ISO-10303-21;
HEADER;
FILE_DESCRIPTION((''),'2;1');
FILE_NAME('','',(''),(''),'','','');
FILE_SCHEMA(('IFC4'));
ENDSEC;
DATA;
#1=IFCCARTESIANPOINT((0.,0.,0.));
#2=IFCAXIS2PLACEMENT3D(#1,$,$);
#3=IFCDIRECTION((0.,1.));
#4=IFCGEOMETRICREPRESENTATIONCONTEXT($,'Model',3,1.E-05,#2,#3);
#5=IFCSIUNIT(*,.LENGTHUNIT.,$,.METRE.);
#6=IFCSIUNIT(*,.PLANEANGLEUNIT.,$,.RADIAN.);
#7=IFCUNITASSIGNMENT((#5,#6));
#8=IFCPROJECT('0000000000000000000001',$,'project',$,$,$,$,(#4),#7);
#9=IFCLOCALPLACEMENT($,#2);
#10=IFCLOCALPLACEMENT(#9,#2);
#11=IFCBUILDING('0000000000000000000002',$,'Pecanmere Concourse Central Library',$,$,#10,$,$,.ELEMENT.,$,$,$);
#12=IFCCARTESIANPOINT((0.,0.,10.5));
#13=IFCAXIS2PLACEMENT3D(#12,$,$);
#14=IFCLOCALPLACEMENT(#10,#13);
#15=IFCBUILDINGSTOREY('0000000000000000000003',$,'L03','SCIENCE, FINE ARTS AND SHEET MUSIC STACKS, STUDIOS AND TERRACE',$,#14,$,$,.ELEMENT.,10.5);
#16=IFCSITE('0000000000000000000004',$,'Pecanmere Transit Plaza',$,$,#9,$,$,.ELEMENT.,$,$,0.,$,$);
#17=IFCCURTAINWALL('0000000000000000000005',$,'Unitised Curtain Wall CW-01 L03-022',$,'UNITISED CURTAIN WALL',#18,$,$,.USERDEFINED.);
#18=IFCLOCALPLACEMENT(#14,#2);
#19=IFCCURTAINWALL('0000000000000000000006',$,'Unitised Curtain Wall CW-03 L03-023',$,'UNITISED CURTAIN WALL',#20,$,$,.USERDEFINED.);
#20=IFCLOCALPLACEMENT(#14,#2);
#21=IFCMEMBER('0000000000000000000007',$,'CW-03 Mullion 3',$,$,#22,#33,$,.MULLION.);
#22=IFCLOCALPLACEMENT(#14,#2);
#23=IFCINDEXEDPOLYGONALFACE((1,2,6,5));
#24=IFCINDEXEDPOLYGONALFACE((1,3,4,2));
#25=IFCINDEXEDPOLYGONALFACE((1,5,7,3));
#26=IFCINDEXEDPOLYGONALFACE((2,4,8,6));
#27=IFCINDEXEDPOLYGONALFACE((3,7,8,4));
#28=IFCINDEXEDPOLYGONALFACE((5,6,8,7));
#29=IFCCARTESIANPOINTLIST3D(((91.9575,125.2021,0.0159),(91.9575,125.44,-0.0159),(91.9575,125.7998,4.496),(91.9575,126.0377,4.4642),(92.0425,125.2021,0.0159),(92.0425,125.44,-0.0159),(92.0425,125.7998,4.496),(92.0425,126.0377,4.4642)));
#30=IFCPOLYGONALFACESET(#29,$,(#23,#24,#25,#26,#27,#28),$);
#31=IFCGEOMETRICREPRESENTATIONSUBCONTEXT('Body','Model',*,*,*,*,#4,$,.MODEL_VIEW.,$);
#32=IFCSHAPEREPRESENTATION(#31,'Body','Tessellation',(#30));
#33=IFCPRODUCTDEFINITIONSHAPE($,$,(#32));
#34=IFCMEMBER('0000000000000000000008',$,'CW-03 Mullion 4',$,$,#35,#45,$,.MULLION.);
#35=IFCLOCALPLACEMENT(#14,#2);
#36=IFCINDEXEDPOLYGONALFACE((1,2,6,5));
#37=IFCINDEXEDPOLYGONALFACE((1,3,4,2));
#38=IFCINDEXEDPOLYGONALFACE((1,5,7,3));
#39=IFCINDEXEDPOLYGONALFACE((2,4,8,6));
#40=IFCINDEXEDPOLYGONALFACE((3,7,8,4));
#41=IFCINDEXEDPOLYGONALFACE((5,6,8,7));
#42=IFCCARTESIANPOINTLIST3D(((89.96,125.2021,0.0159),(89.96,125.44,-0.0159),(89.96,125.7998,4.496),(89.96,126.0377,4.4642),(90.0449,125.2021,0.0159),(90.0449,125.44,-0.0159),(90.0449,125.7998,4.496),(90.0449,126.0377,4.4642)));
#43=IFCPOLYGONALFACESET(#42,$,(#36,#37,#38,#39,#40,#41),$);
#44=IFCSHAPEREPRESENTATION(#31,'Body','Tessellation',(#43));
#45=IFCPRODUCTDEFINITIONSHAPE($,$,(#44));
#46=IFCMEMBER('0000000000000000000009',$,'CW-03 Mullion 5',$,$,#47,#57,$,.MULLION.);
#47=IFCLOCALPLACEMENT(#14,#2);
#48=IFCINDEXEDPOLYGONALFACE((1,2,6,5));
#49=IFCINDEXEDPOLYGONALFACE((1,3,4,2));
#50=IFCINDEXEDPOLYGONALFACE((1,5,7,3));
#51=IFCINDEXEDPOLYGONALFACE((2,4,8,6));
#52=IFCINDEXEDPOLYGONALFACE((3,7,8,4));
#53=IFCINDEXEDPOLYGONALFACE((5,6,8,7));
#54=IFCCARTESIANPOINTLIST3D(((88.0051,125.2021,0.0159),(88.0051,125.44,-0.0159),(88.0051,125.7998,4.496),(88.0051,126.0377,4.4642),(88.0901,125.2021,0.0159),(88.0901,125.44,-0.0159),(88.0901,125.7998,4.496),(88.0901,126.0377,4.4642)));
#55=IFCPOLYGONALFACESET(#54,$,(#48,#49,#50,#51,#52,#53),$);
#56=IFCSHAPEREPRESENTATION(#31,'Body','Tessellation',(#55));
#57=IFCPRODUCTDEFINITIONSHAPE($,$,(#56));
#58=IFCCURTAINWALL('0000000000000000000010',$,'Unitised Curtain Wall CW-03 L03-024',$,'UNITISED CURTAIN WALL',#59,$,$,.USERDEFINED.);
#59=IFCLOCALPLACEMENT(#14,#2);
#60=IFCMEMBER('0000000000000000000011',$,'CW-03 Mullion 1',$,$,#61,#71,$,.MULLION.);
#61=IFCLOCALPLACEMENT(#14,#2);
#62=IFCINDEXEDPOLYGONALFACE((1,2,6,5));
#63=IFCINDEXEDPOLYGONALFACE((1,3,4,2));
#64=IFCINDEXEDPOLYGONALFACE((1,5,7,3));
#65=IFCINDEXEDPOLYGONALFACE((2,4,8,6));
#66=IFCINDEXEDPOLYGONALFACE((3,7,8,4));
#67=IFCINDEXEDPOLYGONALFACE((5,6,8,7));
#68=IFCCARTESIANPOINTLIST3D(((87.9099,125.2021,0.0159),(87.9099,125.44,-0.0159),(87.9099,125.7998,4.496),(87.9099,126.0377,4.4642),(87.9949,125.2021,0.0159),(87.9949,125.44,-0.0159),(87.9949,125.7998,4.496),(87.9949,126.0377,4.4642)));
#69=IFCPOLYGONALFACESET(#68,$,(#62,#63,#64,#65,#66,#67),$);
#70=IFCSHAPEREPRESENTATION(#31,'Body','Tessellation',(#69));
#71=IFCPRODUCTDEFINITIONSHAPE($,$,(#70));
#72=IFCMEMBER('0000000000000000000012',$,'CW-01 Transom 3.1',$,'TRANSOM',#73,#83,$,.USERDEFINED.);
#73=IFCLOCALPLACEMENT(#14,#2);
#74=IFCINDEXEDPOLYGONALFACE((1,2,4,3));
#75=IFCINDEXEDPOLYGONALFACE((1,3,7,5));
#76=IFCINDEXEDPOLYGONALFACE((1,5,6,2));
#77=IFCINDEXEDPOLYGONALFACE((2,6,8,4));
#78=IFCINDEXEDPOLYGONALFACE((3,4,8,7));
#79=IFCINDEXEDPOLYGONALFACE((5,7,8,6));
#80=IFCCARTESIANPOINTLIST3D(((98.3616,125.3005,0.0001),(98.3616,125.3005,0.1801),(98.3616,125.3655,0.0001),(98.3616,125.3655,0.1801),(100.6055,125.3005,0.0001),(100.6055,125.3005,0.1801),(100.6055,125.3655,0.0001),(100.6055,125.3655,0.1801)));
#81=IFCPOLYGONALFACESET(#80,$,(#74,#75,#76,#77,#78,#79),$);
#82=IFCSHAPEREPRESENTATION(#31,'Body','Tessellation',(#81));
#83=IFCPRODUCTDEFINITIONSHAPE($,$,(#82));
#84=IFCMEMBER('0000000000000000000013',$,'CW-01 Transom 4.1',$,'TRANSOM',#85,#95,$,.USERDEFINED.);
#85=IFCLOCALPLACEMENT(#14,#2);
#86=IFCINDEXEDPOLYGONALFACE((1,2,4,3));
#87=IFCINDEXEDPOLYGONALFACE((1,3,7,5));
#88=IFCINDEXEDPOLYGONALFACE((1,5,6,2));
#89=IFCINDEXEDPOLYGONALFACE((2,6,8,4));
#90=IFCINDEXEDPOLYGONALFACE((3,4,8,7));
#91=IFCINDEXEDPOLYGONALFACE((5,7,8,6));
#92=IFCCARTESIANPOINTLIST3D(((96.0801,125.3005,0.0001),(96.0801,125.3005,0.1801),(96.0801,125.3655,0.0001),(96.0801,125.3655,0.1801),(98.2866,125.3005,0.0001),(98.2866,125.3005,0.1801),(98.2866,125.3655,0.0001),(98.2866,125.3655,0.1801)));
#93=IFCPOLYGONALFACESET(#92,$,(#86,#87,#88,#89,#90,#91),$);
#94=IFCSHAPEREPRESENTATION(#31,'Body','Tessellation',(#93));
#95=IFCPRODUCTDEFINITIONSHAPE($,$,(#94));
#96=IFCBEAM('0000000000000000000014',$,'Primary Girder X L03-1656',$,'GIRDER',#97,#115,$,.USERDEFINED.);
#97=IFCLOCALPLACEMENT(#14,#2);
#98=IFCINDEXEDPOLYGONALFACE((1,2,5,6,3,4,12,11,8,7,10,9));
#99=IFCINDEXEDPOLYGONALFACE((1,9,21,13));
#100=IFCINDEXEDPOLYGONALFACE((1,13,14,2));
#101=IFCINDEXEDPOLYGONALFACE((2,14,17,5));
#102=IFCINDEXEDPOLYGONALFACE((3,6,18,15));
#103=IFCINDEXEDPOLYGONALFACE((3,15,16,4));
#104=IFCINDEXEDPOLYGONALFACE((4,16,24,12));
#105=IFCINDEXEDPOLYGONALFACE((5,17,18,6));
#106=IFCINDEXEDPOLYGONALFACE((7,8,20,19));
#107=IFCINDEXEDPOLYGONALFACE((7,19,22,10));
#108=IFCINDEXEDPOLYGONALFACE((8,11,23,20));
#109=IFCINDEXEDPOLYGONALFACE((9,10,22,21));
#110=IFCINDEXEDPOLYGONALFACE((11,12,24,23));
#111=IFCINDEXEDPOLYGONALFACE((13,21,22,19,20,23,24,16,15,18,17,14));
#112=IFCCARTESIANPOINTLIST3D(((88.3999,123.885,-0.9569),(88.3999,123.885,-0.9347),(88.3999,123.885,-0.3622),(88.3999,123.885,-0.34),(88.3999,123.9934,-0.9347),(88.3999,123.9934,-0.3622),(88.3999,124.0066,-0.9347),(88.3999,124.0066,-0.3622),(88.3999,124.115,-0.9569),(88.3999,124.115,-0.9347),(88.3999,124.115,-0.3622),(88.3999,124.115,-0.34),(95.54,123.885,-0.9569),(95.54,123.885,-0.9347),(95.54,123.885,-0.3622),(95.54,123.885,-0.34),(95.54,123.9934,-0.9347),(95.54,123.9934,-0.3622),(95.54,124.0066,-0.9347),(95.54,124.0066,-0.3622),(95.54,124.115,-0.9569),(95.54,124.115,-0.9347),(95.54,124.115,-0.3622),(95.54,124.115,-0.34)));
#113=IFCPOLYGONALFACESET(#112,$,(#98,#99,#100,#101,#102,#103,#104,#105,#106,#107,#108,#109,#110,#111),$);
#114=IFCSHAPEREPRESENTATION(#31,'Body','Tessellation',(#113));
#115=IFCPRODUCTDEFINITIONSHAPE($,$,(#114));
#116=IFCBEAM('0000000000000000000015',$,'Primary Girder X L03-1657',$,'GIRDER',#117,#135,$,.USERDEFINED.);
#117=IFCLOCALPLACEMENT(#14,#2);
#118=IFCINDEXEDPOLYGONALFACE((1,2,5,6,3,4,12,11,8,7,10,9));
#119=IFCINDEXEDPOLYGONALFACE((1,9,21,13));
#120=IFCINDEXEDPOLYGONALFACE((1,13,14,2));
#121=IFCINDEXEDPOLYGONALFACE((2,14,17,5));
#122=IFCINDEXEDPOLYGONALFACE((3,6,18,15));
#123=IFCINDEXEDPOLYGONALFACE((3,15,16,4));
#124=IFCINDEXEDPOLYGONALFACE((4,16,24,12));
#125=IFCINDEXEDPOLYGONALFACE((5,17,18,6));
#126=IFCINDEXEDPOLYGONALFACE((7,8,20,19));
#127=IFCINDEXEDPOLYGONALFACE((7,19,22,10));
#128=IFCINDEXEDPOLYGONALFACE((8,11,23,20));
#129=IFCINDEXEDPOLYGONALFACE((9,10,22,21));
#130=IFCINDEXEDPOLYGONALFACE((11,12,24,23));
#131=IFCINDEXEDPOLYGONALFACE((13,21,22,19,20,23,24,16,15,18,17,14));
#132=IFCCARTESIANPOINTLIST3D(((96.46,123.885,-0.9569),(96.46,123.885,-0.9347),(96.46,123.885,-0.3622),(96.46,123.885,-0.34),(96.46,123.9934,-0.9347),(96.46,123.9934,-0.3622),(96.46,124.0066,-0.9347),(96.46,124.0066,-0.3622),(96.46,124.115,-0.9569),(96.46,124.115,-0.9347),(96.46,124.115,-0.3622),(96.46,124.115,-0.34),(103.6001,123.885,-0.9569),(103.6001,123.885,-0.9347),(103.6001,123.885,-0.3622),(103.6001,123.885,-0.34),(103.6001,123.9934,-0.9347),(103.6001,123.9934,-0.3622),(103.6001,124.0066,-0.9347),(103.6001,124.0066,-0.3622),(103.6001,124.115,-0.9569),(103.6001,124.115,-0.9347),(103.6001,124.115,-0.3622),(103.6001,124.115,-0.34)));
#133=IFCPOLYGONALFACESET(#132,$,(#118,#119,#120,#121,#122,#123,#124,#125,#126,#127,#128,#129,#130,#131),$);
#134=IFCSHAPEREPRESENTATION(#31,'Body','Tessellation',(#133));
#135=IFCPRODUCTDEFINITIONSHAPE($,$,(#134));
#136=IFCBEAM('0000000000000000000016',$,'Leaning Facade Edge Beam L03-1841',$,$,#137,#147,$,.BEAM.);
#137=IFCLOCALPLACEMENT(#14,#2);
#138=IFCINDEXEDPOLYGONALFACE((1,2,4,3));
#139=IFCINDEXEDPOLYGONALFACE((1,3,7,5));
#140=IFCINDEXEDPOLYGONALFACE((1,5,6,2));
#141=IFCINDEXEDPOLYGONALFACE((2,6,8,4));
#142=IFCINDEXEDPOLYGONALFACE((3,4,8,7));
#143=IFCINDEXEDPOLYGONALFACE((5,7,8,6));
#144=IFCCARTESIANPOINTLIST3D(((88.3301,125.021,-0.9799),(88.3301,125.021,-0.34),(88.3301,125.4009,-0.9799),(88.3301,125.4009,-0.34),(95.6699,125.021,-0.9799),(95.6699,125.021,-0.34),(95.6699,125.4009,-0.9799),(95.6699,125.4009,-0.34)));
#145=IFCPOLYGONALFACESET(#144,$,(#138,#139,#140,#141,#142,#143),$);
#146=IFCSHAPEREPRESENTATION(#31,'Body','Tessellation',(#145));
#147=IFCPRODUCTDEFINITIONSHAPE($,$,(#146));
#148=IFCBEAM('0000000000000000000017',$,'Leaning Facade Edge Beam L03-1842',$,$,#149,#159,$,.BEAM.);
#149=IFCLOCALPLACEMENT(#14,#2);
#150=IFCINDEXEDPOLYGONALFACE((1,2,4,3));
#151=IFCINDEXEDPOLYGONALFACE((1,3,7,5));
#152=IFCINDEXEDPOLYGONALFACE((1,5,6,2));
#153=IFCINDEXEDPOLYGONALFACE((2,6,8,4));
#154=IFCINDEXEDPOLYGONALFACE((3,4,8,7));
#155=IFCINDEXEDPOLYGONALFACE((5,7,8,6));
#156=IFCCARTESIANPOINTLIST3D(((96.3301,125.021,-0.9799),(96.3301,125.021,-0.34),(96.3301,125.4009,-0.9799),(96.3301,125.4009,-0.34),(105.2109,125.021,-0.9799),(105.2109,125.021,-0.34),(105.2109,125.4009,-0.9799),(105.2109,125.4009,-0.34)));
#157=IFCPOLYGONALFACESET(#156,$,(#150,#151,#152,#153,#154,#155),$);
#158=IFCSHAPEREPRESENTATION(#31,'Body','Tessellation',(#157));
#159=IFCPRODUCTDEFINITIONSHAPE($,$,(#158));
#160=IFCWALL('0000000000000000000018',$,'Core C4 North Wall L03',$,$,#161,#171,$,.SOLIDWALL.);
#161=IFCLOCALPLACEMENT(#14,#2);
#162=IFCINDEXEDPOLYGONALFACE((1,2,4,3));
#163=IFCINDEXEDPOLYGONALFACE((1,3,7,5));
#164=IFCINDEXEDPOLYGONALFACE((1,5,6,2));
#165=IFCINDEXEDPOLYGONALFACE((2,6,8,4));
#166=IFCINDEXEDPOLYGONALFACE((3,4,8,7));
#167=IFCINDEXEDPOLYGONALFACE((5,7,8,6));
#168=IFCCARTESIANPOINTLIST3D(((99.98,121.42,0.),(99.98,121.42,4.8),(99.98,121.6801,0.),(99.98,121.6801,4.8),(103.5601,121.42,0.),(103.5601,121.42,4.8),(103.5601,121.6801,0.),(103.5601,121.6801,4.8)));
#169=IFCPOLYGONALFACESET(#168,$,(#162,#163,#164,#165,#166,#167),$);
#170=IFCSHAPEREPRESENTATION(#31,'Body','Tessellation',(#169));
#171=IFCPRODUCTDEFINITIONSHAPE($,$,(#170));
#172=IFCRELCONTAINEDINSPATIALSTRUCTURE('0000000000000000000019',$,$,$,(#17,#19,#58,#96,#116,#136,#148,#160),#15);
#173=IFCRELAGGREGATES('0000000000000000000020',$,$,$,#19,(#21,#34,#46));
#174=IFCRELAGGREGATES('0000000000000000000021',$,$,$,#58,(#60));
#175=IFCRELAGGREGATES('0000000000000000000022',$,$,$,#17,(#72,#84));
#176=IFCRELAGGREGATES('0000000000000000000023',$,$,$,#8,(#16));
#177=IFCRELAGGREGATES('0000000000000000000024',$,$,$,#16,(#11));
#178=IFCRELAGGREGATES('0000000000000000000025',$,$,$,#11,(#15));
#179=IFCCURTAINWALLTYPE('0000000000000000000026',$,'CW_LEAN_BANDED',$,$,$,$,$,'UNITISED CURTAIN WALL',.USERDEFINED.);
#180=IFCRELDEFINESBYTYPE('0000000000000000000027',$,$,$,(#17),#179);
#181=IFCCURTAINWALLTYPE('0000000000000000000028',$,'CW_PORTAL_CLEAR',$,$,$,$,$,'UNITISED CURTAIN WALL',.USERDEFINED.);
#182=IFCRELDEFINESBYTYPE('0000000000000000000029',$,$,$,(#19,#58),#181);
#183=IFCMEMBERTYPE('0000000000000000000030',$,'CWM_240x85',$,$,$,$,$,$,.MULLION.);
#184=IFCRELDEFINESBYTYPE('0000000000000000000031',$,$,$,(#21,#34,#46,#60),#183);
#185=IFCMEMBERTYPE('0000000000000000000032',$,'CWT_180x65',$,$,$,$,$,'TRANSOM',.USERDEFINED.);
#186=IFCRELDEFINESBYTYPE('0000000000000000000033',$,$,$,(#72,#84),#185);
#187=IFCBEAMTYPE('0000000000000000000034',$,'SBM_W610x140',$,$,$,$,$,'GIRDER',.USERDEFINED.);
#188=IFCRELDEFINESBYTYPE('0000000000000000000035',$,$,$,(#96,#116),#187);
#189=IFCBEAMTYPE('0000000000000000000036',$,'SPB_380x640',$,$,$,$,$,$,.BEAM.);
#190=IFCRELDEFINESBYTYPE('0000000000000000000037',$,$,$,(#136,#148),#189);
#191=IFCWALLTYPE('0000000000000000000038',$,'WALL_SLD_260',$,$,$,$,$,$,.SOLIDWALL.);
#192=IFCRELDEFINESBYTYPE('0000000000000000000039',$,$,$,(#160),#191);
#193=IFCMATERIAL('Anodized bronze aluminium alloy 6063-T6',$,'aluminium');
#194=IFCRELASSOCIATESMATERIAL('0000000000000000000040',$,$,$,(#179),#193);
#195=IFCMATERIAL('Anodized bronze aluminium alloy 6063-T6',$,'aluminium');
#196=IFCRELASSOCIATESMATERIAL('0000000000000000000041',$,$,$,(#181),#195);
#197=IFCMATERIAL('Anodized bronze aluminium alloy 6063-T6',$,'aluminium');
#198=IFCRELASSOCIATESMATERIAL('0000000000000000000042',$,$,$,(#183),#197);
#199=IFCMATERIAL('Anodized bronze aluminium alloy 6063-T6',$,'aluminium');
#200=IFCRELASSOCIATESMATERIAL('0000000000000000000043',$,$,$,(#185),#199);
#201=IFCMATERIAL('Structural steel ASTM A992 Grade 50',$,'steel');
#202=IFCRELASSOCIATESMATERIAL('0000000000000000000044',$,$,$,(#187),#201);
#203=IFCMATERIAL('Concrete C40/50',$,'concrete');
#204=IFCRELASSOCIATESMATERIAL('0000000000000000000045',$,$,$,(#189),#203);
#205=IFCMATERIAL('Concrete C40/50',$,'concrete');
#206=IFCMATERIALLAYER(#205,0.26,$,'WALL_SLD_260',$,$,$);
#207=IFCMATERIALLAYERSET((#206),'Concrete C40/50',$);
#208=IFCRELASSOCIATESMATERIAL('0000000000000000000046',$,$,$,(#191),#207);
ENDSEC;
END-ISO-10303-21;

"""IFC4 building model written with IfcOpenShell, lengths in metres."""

from ifc_helpers import new_model, si_unit, direction, frame, frame_2d, origin, origin_2d, place, context, subcontext, project, spatial, rectangle, i_section, extrude, material, layer, layer_set, material_profile, profile_set, type_object, element, aggregate, save


model = new_model("IFC4")

# Units and contexts
model_context = context("Model", 3, precision=1e-05, world=origin(), true_north=direction((0.0, 1.0)))
body_context = subcontext(model_context, "Body", "Model", "MODEL_VIEW")
ifc_project = project(units=[si_unit("LENGTHUNIT", "METRE"), si_unit("PLANEANGLEUNIT", "RADIAN")], contexts=[model_context])

# Site, building, storey
site_placement = place(None, origin())
site = spatial("IfcSite", under=ifc_project, at=site_placement, Name="Pecanmere Transit Plaza", CompositionType="ELEMENT", RefElevation=0.0)
building_placement = place(site_placement, origin())
building = spatial("IfcBuilding", under=site, at=building_placement, Name="Pecanmere Concourse Central Library", CompositionType="ELEMENT")
storey_placement = place(building_placement, frame((0.0, 0.0, 10.5)))
storey = spatial("IfcBuildingStorey", under=building, at=storey_placement, Name="L03", Description="SCIENCE, FINE ARTS AND SHEET MUSIC STACKS, STUDIOS AND TERRACE", CompositionType="ELEMENT", Elevation=10.5)

# Curtain walls, members
ifc_material_1 = material(Name="Anodized bronze aluminium alloy 6063-T6", Category="aluminium")
curtain_wall_type_1 = type_object("IfcCurtainWallType", Name="CW_LEAN_BANDED", ElementType="UNITISED CURTAIN WALL", PredefinedType="USERDEFINED", material=ifc_material_1)
curtain_wall_1_placement = place(storey_placement, origin())
curtain_wall_1 = element("IfcCurtainWall", 1, at=curtain_wall_1_placement, inside=storey, type_object=curtain_wall_type_1, Name="Unitised Curtain Wall CW-01 L03-022", ObjectType="UNITISED CURTAIN WALL", PredefinedType="USERDEFINED")
ifc_material_2 = material(Name="Anodized bronze aluminium alloy 6063-T6", Category="aluminium")
curtain_wall_type_2 = type_object("IfcCurtainWallType", Name="CW_PORTAL_CLEAR", ElementType="UNITISED CURTAIN WALL", PredefinedType="USERDEFINED", material=ifc_material_2)
curtain_wall_2_placement = place(storey_placement, origin())
curtain_wall_2 = element("IfcCurtainWall", 2, at=curtain_wall_2_placement, inside=storey, type_object=curtain_wall_type_2, Name="Unitised Curtain Wall CW-03 L03-023", ObjectType="UNITISED CURTAIN WALL", PredefinedType="USERDEFINED")
ifc_material_3 = material(Name="Anodized bronze aluminium alloy 6063-T6", Category="aluminium")
ifc_material_profile_1 = material_profile(ifc_material_3, rectangle(XDim=0.085, YDim=0.24, at=origin_2d()), Name="AL 85x240")
ifc_profile_set_1 = profile_set([ifc_material_profile_1], Name="Anodized bronze aluminium alloy 6063-T6")
member_type_1 = type_object("IfcMemberType", Name="CWM_240x85", PredefinedType="MULLION", material=ifc_profile_set_1)
member_1_placement = place(storey_placement, frame((92.0, 125.321, 0.0), z_axis=(0.0, 0.132234, 0.991218), x_axis=(-1.0, 0.0, 0.0)))
member_1 = element("IfcMember", 3, at=member_1_placement, type_object=member_type_1, Name="CW-03 Mullion 3", PredefinedType="MULLION", context=body_context, shape_type="SweptSolid", body=[
    extrude(rectangle(XDim=0.085, YDim=0.24, at=origin_2d()), origin(), (0.0, 0.0, 1.0), 4.5198),
])
member_2_placement = place(storey_placement, frame((90.0024, 125.321, 0.0), z_axis=(0.0, 0.132234, 0.991218), x_axis=(-1.0, 0.0, 0.0)))
member_2 = element("IfcMember", 4, at=member_2_placement, type_object=member_type_1, Name="CW-03 Mullion 4", PredefinedType="MULLION", context=body_context, shape_type="SweptSolid", body=[
    extrude(rectangle(XDim=0.085, YDim=0.24, at=origin_2d()), origin(), (0.0, 0.0, 1.0), 4.5198),
])
member_3_placement = place(storey_placement, frame((88.0476, 125.321, 0.0), z_axis=(0.0, 0.132234, 0.991218), x_axis=(-1.0, 0.0, 0.0)))
member_3 = element("IfcMember", 5, at=member_3_placement, type_object=member_type_1, Name="CW-03 Mullion 5", PredefinedType="MULLION", context=body_context, shape_type="SweptSolid", body=[
    extrude(rectangle(XDim=0.085, YDim=0.24, at=origin_2d()), origin(), (0.0, 0.0, 1.0), 4.5198),
])
aggregate(curtain_wall_2, [member_1, member_2, member_3])

# Curtain wall, member
curtain_wall_3_placement = place(storey_placement, origin())
curtain_wall_3 = element("IfcCurtainWall", 6, at=curtain_wall_3_placement, inside=storey, type_object=curtain_wall_type_2, Name="Unitised Curtain Wall CW-03 L03-024", ObjectType="UNITISED CURTAIN WALL", PredefinedType="USERDEFINED")
member_4_placement = place(storey_placement, frame((87.9524, 125.321, 0.0), z_axis=(0.0, 0.132234, 0.991218), x_axis=(-1.0, 0.0, 0.0)))
member_4 = element("IfcMember", 7, at=member_4_placement, type_object=member_type_1, Name="CW-03 Mullion 1", PredefinedType="MULLION", context=body_context, shape_type="SweptSolid", body=[
    extrude(rectangle(XDim=0.085, YDim=0.24, at=origin_2d()), origin(), (0.0, 0.0, 1.0), 4.5198),
])
aggregate(curtain_wall_3, [member_4])

# Members
ifc_material_4 = material(Name="Anodized bronze aluminium alloy 6063-T6", Category="aluminium")
ifc_material_profile_2 = material_profile(ifc_material_4, rectangle(XDim=0.0649, YDim=0.1799, at=origin_2d()), Name="AL 65x180")
ifc_profile_set_2 = profile_set([ifc_material_profile_2], Name="Anodized bronze aluminium alloy 6063-T6")
member_type_2 = type_object("IfcMemberType", Name="CWT_180x65", ElementType="TRANSOM", PredefinedType="USERDEFINED", material=ifc_profile_set_2)
member_5_placement = place(storey_placement, frame((100.6055, 125.333, 0.0901), z_axis=(-1.0, 0.0, 0.0), x_axis=(0.0, -1.0, 0.0)))
member_5 = element("IfcMember", 8, at=member_5_placement, type_object=member_type_2, Name="CW-01 Transom 3.1", ObjectType="TRANSOM", PredefinedType="USERDEFINED", context=body_context, shape_type="SweptSolid", body=[
    extrude(rectangle(XDim=0.0649, YDim=0.1799, at=origin_2d()), origin(), (0.0, 0.0, 1.0), 2.2439),
])
member_6_placement = place(storey_placement, frame((98.2866, 125.333, 0.0901), z_axis=(-1.0, 0.0, 0.0), x_axis=(0.0, -1.0, 0.0)))
member_6 = element("IfcMember", 9, at=member_6_placement, type_object=member_type_2, Name="CW-01 Transom 4.1", ObjectType="TRANSOM", PredefinedType="USERDEFINED", context=body_context, shape_type="SweptSolid", body=[
    extrude(rectangle(XDim=0.0649, YDim=0.1799, at=origin_2d()), origin(), (0.0, 0.0, 1.0), 2.2065),
])
aggregate(curtain_wall_1, [member_5, member_6])

# Beams
ifc_material_5 = material(Name="Structural steel ASTM A992 Grade 50", Category="steel")
ifc_material_profile_3 = material_profile(ifc_material_5, i_section(OverallWidth=0.23, OverallDepth=0.6169, WebThickness=0.0132, FlangeThickness=0.0222, at=origin_2d()), Name="W610x140")
ifc_profile_set_3 = profile_set([ifc_material_profile_3], Name="Structural steel ASTM A992 Grade 50")
beam_type_1 = type_object("IfcBeamType", Name="SBM_W610x140", ElementType="GIRDER", PredefinedType="USERDEFINED", material=ifc_profile_set_3)
for number, where, z_axis, x_axis, name in (
    (10, (88.3999, 124.0, -0.6484), (1.0, 0.0, 0.0), (0.0, 1.0, 0.0), "Primary Girder X L03-1656"),
    (11, (96.46, 124.0, -0.6484), (1.0, 0.0, 0.0), (0.0, 1.0, 0.0), "Primary Girder X L03-1657"),
):
    element("IfcBeam", number, at=place(storey_placement, frame(where, z_axis=z_axis, x_axis=x_axis)), inside=storey, type_object=beam_type_1, Name=name, ObjectType="GIRDER", PredefinedType="USERDEFINED", context=body_context, shape_type="SweptSolid", body=[
        extrude(i_section(OverallWidth=0.23, OverallDepth=0.6169, WebThickness=0.0132, FlangeThickness=0.0222, at=origin_2d()), origin(), (0.0, 0.0, 1.0), 7.1401),
    ])
ifc_material_6 = material(Name="Concrete C40/50", Category="concrete")
ifc_material_profile_4 = material_profile(ifc_material_6, rectangle(XDim=0.3799, YDim=0.6399, at=origin_2d()), Name="RC 380x640")
ifc_profile_set_4 = profile_set([ifc_material_profile_4], Name="Concrete C40/50")
beam_type_2 = type_object("IfcBeamType", Name="SPB_380x640", PredefinedType="BEAM", material=ifc_profile_set_4)
beam_1_placement = place(storey_placement, frame((88.3301, 125.2109, -0.6599), z_axis=(1.0, 0.0, 0.0), x_axis=(0.0, 1.0, 0.0)))
element("IfcBeam", 12, at=beam_1_placement, inside=storey, type_object=beam_type_2, Name="Leaning Facade Edge Beam L03-1841", PredefinedType="BEAM", context=body_context, shape_type="SweptSolid", body=[
    extrude(rectangle(XDim=0.3799, YDim=0.6399, at=origin_2d()), origin(), (0.0, 0.0, 1.0), 7.3398),
])
beam_2_placement = place(storey_placement, frame((96.3301, 125.2109, -0.6599), z_axis=(1.0, 0.0, 0.0), x_axis=(0.0, 1.0, 0.0)))
element("IfcBeam", 13, at=beam_2_placement, inside=storey, type_object=beam_type_2, Name="Leaning Facade Edge Beam L03-1842", PredefinedType="BEAM", context=body_context, shape_type="SweptSolid", body=[
    extrude(rectangle(XDim=0.3799, YDim=0.6399, at=origin_2d()), origin(), (0.0, 0.0, 1.0), 8.8809),
])

# Wall
ifc_material_7 = material(Name="Concrete C40/50", Category="concrete")
ifc_layer = layer(ifc_material_7, 0.26, Name="WALL_SLD_260")
ifc_layer_set = layer_set([ifc_layer], Name="Concrete C40/50")
wall_type = type_object("IfcWallType", Name="WALL_SLD_260", PredefinedType="SOLIDWALL", material=ifc_layer_set)
wall_placement = place(storey_placement, frame((99.98, 121.55, 0.0), z_axis=(0.0, 0.0, 1.0), x_axis=(1.0, 0.0, 0.0)))
element("IfcWall", 14, at=wall_placement, inside=storey, type_object=wall_type, Name="Core C4 North Wall L03", PredefinedType="SOLIDWALL", context=body_context, shape_type="SweptSolid", body=[
    extrude(rectangle(XDim=3.5801, YDim=0.26, at=frame_2d((1.79, 0.0))), origin(), (0.0, 0.0, 1.0), 4.8),
])

save(model, "model.ifc")
